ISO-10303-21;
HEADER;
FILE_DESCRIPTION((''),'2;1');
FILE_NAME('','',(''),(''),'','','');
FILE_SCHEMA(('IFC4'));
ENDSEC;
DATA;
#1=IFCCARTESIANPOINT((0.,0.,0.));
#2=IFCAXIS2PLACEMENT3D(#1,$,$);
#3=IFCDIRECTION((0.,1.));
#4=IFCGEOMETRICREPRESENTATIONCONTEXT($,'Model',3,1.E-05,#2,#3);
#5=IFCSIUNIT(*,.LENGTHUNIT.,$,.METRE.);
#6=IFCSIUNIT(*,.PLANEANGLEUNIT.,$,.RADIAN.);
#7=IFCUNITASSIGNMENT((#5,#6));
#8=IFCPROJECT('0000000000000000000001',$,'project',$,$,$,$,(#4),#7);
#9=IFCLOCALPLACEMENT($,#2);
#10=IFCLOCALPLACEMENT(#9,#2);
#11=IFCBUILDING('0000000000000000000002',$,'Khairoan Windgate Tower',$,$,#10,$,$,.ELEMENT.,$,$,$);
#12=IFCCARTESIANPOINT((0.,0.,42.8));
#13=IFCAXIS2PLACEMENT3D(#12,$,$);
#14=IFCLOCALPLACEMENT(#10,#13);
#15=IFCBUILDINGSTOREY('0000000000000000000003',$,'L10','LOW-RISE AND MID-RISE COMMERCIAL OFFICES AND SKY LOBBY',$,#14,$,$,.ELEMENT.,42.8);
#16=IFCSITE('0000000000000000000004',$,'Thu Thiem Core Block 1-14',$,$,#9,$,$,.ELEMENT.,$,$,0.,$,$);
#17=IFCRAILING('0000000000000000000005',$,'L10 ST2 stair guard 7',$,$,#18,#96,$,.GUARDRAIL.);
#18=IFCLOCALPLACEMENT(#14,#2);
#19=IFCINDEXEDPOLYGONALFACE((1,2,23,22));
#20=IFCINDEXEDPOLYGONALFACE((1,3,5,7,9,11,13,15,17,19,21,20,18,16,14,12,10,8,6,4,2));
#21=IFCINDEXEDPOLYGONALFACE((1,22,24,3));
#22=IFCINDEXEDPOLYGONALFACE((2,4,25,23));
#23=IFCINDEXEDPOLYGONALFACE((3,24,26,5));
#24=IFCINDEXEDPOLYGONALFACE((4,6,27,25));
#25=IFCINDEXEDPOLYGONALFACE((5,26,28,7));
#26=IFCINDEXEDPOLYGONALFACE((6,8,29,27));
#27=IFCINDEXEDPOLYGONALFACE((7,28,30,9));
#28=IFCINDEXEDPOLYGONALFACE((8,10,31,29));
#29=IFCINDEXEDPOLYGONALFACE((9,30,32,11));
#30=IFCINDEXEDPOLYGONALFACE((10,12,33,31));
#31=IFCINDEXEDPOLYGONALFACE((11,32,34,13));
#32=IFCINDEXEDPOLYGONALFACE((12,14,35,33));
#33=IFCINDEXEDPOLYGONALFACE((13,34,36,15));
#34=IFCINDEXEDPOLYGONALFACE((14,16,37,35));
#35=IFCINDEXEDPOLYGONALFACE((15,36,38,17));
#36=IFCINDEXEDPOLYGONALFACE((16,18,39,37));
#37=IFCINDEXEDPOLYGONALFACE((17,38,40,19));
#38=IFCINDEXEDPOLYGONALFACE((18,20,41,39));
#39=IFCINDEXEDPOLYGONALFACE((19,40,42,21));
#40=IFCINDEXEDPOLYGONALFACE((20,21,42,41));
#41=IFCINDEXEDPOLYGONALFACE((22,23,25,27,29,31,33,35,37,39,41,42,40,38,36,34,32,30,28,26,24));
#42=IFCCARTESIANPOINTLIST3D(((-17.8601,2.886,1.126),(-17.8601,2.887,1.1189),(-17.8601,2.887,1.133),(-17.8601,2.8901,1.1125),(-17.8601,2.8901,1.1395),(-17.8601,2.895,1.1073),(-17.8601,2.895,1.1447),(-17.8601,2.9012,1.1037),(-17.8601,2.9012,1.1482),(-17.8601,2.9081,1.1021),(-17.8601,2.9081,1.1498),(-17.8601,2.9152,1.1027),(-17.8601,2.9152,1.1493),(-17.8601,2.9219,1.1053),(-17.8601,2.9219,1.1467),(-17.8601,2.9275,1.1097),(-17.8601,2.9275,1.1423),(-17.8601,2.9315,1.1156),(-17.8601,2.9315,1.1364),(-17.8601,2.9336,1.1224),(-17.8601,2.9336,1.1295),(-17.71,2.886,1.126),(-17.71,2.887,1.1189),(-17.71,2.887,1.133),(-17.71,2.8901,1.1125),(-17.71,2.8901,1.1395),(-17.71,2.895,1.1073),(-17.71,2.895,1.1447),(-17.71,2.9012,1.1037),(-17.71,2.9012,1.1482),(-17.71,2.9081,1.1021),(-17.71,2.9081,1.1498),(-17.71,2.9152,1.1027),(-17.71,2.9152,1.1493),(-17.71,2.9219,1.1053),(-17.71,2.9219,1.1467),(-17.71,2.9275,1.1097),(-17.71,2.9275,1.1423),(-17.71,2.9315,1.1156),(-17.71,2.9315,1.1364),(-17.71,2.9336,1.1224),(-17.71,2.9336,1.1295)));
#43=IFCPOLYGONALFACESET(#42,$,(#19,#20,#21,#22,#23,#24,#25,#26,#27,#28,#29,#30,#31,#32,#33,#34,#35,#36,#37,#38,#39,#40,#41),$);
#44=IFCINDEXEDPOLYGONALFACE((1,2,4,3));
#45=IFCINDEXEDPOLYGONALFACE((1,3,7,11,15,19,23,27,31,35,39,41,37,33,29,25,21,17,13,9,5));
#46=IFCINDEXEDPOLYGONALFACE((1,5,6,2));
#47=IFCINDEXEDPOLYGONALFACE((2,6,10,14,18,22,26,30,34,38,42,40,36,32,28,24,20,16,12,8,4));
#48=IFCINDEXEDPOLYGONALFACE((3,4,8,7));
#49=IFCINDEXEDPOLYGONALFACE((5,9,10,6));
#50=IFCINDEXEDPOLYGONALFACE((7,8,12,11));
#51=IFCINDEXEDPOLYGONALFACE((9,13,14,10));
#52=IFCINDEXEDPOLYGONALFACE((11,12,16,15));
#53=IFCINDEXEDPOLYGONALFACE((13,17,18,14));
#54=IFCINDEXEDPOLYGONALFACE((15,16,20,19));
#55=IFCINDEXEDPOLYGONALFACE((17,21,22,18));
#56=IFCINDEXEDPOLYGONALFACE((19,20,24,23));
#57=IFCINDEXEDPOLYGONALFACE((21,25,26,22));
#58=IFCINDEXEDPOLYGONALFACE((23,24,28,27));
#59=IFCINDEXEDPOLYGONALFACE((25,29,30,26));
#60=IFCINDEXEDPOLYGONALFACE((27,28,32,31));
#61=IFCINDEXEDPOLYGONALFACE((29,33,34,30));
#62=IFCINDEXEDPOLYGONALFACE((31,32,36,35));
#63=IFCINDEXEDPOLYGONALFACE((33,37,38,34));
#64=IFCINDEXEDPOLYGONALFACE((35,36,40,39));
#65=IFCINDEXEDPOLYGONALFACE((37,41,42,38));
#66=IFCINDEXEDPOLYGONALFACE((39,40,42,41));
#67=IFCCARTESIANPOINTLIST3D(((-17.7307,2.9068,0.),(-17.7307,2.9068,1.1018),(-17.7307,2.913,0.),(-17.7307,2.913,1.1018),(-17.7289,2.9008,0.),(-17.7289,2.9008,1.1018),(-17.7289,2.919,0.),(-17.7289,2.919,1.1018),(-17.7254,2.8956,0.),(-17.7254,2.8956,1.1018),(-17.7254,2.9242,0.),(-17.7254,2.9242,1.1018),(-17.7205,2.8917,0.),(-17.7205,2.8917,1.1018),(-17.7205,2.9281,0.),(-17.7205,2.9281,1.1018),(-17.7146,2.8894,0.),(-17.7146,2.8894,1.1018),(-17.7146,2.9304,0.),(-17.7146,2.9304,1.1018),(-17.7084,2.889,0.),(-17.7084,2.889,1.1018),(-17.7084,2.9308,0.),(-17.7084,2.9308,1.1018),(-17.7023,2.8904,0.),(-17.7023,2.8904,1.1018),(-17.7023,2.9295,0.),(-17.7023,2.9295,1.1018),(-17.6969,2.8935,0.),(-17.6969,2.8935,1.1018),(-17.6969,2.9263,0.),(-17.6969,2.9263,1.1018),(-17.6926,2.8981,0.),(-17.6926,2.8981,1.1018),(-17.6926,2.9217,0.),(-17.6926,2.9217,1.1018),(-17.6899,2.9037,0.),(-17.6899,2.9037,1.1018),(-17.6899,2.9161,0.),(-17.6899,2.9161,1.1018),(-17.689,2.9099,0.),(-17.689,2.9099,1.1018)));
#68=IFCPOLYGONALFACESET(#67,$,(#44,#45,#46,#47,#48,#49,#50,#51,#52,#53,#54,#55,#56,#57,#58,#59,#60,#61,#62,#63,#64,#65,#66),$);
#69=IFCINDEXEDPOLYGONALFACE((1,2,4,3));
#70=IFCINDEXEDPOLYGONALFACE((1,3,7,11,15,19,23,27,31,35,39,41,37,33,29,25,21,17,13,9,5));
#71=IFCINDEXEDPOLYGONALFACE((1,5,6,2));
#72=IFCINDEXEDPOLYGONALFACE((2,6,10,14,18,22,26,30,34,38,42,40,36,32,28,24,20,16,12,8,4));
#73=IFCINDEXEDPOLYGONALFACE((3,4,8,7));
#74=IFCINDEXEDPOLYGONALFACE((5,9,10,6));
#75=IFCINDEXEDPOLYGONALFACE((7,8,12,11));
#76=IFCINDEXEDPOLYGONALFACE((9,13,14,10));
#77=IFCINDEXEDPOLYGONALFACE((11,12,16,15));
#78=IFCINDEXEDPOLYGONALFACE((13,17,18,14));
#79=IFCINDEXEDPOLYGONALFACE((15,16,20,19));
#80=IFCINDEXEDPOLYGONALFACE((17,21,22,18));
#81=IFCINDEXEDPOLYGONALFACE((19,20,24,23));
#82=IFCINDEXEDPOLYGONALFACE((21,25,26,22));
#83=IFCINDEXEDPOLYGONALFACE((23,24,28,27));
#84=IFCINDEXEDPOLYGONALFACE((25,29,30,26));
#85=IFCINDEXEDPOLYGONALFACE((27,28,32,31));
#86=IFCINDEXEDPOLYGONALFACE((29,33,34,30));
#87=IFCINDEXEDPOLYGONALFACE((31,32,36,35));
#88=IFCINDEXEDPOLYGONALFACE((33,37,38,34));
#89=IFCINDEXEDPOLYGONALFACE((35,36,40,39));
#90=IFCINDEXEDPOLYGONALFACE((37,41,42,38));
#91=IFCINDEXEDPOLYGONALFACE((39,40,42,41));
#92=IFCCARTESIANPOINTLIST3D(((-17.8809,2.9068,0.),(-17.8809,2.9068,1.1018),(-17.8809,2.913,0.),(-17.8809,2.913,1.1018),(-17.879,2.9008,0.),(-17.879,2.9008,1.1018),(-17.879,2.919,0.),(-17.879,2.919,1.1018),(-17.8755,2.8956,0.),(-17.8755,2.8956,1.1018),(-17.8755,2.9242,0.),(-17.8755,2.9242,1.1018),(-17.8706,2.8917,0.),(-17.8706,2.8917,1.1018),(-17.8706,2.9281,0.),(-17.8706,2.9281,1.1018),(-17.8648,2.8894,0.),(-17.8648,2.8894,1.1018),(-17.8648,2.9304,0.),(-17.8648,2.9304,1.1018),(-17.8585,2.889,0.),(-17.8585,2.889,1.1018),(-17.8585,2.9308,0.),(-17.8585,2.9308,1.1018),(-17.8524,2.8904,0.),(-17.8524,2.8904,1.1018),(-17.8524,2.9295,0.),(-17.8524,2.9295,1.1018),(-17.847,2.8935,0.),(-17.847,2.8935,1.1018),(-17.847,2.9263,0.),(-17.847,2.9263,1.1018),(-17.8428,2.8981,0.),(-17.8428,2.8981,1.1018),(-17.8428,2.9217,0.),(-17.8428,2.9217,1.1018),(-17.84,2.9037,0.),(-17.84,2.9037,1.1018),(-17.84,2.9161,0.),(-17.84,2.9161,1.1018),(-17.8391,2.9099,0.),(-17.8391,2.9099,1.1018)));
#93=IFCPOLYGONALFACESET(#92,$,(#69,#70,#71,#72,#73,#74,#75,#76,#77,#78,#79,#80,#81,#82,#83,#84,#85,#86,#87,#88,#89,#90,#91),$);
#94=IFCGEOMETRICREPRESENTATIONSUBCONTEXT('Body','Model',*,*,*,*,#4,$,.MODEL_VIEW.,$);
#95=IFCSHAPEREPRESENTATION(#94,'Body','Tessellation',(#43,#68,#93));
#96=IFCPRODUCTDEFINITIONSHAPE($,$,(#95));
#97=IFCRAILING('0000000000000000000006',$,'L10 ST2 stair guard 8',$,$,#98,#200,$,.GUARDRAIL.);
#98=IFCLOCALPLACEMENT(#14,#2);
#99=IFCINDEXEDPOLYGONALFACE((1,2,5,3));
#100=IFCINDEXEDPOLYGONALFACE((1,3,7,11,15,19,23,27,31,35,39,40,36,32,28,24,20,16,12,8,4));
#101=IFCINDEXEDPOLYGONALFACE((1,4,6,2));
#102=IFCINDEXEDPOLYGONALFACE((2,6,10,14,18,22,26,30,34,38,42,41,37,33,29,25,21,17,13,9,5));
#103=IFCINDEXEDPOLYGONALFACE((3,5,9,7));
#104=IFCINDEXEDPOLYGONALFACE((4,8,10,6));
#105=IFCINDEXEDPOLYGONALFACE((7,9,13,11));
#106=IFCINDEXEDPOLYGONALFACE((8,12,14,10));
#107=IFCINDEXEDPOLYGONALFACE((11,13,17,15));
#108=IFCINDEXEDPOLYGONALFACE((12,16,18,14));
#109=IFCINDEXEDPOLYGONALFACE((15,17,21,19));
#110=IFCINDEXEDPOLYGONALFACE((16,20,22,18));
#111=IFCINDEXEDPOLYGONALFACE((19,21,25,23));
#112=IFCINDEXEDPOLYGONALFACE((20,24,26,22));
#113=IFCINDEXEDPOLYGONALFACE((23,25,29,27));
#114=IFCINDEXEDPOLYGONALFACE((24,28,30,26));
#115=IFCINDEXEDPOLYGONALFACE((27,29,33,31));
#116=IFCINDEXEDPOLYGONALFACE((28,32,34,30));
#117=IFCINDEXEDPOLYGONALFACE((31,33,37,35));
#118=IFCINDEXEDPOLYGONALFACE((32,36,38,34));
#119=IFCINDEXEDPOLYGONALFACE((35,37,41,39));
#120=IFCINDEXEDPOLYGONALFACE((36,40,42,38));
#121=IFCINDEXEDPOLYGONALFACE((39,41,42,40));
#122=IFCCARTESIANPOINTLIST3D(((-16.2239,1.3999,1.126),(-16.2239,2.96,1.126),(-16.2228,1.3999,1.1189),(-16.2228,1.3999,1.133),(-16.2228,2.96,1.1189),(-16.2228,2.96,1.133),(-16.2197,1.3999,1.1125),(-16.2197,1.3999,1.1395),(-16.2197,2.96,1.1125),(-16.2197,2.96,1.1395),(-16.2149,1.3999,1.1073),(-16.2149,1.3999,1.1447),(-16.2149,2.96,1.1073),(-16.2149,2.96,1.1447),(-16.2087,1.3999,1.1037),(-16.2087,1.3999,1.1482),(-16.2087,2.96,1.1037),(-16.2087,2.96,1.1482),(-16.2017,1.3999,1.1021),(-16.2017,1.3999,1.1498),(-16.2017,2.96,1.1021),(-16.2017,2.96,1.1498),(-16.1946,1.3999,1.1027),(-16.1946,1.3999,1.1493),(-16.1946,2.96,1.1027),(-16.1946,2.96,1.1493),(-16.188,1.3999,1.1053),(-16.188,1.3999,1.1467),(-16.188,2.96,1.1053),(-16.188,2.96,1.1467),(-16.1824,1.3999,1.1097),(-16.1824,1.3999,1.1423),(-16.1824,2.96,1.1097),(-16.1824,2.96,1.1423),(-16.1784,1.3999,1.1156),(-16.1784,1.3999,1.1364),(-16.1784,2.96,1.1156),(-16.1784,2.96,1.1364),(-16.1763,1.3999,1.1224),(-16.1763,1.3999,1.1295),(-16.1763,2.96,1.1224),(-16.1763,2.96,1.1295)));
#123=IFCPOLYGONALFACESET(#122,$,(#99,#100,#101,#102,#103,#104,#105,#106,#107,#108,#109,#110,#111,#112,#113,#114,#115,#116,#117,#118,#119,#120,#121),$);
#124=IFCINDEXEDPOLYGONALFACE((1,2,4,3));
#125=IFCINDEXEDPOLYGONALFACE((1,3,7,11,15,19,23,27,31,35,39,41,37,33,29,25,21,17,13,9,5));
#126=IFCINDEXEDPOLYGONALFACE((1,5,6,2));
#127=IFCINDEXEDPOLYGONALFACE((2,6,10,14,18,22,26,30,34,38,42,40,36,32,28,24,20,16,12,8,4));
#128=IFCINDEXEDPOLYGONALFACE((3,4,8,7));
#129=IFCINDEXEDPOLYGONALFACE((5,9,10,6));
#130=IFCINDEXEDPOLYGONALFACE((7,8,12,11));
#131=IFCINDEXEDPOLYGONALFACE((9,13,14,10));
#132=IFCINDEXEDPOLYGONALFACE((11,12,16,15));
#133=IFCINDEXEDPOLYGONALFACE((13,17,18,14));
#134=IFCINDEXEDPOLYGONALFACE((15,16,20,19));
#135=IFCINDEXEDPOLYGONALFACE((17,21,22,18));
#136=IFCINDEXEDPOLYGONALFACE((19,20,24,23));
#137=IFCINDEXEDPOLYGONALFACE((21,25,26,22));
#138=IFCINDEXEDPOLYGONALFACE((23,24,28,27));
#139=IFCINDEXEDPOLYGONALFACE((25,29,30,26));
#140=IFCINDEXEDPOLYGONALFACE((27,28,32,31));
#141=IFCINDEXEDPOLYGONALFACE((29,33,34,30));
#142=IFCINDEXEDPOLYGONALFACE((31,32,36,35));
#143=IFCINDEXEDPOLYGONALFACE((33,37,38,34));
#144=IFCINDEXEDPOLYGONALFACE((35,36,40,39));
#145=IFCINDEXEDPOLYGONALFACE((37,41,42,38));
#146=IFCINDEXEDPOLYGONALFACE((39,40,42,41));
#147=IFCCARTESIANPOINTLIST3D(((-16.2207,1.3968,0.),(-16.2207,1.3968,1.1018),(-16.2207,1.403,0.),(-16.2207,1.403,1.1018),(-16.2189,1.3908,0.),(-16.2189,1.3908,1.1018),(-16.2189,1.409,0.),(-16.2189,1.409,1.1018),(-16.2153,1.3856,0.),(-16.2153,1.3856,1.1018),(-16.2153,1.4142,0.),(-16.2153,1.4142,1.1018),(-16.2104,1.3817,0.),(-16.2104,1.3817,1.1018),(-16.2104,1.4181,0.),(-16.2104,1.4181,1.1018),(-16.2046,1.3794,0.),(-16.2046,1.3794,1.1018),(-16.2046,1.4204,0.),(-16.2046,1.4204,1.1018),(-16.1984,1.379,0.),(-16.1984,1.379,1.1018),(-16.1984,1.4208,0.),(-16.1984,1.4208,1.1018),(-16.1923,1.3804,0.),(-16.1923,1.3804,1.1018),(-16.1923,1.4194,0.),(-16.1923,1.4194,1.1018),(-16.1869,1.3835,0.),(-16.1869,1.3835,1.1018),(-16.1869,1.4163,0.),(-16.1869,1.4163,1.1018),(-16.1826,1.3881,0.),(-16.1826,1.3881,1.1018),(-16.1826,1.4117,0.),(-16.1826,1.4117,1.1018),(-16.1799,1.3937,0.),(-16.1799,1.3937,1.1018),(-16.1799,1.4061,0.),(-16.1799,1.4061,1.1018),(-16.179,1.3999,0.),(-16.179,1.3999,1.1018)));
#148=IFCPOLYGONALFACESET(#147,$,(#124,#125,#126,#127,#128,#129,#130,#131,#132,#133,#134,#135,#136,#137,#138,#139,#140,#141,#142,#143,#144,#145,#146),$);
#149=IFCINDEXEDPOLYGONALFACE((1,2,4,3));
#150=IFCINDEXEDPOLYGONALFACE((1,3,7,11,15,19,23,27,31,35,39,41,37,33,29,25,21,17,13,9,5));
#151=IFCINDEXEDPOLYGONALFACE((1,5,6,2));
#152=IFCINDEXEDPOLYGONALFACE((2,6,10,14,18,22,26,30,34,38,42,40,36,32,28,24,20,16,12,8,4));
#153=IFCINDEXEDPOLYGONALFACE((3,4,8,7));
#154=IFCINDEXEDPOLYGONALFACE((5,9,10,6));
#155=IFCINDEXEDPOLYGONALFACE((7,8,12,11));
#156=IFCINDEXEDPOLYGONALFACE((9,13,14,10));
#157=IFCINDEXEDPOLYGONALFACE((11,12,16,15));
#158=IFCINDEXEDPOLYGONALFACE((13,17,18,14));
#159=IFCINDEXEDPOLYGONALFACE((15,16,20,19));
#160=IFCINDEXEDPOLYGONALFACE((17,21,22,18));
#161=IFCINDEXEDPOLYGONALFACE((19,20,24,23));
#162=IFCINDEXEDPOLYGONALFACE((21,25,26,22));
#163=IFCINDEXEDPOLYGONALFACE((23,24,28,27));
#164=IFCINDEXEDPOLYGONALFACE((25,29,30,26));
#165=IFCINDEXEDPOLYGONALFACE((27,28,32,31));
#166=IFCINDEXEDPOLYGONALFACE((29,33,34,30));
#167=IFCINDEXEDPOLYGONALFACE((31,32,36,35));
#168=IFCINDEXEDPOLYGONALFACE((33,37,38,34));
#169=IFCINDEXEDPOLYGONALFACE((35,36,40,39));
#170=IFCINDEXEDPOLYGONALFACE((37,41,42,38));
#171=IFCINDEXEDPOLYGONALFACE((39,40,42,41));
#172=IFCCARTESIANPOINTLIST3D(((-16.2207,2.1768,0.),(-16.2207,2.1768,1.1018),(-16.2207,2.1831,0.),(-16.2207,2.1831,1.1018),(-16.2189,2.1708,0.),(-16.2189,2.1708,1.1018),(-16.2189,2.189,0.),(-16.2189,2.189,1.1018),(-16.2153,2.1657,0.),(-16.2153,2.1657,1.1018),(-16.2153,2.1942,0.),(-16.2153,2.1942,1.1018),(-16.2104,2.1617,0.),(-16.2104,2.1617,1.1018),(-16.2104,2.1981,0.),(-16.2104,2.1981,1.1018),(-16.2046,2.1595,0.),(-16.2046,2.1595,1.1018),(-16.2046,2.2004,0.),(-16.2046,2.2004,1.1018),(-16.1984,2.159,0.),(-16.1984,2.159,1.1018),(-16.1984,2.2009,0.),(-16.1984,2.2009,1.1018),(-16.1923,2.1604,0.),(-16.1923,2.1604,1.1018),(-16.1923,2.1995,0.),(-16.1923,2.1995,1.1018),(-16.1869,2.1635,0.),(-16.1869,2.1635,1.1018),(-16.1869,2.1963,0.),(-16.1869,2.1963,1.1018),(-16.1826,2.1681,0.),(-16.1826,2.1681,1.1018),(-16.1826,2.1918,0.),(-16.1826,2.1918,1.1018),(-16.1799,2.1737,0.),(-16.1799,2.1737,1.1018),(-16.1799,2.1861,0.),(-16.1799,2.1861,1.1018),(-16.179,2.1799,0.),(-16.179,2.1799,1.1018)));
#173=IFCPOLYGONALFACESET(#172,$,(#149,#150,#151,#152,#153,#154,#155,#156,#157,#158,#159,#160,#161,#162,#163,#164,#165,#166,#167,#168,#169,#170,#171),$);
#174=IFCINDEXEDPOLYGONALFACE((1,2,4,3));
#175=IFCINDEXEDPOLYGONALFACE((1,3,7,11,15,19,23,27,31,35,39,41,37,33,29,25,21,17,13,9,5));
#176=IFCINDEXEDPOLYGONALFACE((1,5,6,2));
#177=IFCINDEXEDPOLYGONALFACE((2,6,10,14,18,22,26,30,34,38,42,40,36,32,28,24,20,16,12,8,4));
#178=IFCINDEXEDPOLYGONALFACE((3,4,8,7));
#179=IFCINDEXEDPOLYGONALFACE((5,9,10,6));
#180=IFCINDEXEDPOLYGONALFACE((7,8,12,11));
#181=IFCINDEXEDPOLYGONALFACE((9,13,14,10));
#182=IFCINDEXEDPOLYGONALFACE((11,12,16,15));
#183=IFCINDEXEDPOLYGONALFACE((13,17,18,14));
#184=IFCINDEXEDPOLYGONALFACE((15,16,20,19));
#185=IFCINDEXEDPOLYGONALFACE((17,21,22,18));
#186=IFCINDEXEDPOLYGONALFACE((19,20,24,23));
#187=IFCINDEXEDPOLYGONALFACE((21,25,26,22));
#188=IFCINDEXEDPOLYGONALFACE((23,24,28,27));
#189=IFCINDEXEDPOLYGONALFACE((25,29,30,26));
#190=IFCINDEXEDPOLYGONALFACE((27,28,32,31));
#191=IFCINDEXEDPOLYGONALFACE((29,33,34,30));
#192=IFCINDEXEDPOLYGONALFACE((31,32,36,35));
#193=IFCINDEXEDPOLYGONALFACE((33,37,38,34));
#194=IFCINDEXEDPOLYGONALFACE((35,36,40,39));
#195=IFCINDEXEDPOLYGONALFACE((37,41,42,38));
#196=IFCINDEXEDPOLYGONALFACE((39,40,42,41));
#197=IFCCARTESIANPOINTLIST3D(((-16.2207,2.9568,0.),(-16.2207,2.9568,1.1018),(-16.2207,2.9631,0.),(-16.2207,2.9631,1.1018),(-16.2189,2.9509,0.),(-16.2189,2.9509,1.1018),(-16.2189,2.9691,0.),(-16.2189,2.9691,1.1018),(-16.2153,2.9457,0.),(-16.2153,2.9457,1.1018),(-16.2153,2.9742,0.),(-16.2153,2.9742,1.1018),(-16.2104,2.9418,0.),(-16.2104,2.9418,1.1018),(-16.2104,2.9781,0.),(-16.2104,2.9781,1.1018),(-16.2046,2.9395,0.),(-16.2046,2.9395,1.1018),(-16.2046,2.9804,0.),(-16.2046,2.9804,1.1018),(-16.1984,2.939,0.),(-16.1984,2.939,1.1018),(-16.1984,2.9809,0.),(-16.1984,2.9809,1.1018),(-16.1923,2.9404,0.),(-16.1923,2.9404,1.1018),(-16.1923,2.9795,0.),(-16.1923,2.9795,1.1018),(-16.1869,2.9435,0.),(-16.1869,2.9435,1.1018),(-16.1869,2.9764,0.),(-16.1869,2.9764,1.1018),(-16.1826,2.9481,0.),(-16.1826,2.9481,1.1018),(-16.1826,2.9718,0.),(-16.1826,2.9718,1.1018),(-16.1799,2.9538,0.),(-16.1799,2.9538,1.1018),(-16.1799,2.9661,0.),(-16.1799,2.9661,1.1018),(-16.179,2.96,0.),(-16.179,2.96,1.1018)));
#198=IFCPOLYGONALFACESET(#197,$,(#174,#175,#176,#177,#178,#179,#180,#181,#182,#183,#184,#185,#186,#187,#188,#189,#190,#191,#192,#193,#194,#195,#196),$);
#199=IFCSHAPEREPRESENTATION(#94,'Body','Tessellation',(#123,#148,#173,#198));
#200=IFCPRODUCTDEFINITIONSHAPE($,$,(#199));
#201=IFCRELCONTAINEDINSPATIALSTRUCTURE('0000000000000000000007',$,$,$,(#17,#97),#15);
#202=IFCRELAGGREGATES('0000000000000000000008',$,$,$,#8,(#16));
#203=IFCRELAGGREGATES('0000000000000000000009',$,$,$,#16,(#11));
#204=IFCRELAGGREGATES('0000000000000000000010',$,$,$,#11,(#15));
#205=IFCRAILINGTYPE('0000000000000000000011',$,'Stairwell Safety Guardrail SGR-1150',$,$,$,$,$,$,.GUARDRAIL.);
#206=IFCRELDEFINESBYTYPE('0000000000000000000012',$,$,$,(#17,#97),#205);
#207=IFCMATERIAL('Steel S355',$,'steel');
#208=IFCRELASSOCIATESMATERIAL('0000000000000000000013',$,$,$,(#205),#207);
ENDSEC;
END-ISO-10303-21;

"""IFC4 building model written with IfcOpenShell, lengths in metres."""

from ifc_helpers import new_model, si_unit, direction, frame, origin, origin_2d, place, context, subcontext, project, spatial, circle, extrude, material, type_object, element, save


model = new_model("IFC4")

# Units and contexts
model_context = context("Model", 3, precision=1e-05, world=origin(), true_north=direction((0.0, 1.0)))
body_context = subcontext(model_context, "Body", "Model", "MODEL_VIEW")
ifc_project = project(units=[si_unit("LENGTHUNIT", "METRE"), si_unit("PLANEANGLEUNIT", "RADIAN")], contexts=[model_context])

# Site, building, storey
site_placement = place(None, origin())
site = spatial("IfcSite", under=ifc_project, at=site_placement, Name="Thu Thiem Core Block 1-14", CompositionType="ELEMENT", RefElevation=0.0)
building_placement = place(site_placement, origin())
building = spatial("IfcBuilding", under=site, at=building_placement, Name="Khairoan Windgate Tower", CompositionType="ELEMENT")
storey_placement = place(building_placement, frame((0.0, 0.0, 42.8)))
storey = spatial("IfcBuildingStorey", under=building, at=storey_placement, Name="L10", Description="LOW-RISE AND MID-RISE COMMERCIAL OFFICES AND SKY LOBBY", CompositionType="ELEMENT", Elevation=42.8)

# Railings
ifc_material_1 = material(Name="Steel S355", Category="steel")
railing_type_1 = type_object("IfcRailingType", Name="Stairwell Safety Guardrail SGR-1150", PredefinedType="GUARDRAIL", material=ifc_material_1)
railing_1_placement = place(storey_placement, frame((-17.71, 2.9099, 0.0)))
element("IfcRailing", 1, at=railing_1_placement, inside=storey, type_object=railing_type_1, Name="L10 ST2 stair guard 7", PredefinedType="GUARDRAIL", context=body_context, shape_type="SweptSolid", body=[
    extrude(circle(Radius=0.0239, at=origin_2d()), frame((0.0, 0.0, 1.126), z_axis=(-1.0, 0.0, 0.0), x_axis=(0.0, -1.0, 0.0)), (0.0, 0.0, 1.0), 0.1501),
    extrude(circle(Radius=0.021, at=origin_2d()), origin(), (0.0, 0.0, 1.0), 1.1018),
    extrude(circle(Radius=0.021, at=origin_2d()), frame((-0.1501, 0.0, 0.0)), (0.0, 0.0, 1.0), 1.1018),
])
for number, where, name in (
    (2, (-16.2, 1.3999, 0.0), "L10 ST2 stair guard 8"),
):
    element("IfcRailing", number, at=place(storey_placement, frame(where)), inside=storey, type_object=railing_type_1, Name=name, PredefinedType="GUARDRAIL", context=body_context, shape_type="SweptSolid", body=[
        extrude(circle(Radius=0.0239, at=origin_2d()), frame((0.0, 0.0, 1.126), z_axis=(0.0, 1.0, 0.0), x_axis=(-1.0, 0.0, 0.0)), (0.0, 0.0, 1.0), 1.5601),
        extrude(circle(Radius=0.021, at=origin_2d()), origin(), (0.0, 0.0, 1.0), 1.1018),
        extrude(circle(Radius=0.021, at=origin_2d()), frame((0.0, 0.78, 0.0)), (0.0, 0.0, 1.0), 1.1018),
        extrude(circle(Radius=0.021, at=origin_2d()), frame((0.0, 1.5601, 0.0)), (0.0, 0.0, 1.0), 1.1018),
    ])

save(model, "model.ifc")
